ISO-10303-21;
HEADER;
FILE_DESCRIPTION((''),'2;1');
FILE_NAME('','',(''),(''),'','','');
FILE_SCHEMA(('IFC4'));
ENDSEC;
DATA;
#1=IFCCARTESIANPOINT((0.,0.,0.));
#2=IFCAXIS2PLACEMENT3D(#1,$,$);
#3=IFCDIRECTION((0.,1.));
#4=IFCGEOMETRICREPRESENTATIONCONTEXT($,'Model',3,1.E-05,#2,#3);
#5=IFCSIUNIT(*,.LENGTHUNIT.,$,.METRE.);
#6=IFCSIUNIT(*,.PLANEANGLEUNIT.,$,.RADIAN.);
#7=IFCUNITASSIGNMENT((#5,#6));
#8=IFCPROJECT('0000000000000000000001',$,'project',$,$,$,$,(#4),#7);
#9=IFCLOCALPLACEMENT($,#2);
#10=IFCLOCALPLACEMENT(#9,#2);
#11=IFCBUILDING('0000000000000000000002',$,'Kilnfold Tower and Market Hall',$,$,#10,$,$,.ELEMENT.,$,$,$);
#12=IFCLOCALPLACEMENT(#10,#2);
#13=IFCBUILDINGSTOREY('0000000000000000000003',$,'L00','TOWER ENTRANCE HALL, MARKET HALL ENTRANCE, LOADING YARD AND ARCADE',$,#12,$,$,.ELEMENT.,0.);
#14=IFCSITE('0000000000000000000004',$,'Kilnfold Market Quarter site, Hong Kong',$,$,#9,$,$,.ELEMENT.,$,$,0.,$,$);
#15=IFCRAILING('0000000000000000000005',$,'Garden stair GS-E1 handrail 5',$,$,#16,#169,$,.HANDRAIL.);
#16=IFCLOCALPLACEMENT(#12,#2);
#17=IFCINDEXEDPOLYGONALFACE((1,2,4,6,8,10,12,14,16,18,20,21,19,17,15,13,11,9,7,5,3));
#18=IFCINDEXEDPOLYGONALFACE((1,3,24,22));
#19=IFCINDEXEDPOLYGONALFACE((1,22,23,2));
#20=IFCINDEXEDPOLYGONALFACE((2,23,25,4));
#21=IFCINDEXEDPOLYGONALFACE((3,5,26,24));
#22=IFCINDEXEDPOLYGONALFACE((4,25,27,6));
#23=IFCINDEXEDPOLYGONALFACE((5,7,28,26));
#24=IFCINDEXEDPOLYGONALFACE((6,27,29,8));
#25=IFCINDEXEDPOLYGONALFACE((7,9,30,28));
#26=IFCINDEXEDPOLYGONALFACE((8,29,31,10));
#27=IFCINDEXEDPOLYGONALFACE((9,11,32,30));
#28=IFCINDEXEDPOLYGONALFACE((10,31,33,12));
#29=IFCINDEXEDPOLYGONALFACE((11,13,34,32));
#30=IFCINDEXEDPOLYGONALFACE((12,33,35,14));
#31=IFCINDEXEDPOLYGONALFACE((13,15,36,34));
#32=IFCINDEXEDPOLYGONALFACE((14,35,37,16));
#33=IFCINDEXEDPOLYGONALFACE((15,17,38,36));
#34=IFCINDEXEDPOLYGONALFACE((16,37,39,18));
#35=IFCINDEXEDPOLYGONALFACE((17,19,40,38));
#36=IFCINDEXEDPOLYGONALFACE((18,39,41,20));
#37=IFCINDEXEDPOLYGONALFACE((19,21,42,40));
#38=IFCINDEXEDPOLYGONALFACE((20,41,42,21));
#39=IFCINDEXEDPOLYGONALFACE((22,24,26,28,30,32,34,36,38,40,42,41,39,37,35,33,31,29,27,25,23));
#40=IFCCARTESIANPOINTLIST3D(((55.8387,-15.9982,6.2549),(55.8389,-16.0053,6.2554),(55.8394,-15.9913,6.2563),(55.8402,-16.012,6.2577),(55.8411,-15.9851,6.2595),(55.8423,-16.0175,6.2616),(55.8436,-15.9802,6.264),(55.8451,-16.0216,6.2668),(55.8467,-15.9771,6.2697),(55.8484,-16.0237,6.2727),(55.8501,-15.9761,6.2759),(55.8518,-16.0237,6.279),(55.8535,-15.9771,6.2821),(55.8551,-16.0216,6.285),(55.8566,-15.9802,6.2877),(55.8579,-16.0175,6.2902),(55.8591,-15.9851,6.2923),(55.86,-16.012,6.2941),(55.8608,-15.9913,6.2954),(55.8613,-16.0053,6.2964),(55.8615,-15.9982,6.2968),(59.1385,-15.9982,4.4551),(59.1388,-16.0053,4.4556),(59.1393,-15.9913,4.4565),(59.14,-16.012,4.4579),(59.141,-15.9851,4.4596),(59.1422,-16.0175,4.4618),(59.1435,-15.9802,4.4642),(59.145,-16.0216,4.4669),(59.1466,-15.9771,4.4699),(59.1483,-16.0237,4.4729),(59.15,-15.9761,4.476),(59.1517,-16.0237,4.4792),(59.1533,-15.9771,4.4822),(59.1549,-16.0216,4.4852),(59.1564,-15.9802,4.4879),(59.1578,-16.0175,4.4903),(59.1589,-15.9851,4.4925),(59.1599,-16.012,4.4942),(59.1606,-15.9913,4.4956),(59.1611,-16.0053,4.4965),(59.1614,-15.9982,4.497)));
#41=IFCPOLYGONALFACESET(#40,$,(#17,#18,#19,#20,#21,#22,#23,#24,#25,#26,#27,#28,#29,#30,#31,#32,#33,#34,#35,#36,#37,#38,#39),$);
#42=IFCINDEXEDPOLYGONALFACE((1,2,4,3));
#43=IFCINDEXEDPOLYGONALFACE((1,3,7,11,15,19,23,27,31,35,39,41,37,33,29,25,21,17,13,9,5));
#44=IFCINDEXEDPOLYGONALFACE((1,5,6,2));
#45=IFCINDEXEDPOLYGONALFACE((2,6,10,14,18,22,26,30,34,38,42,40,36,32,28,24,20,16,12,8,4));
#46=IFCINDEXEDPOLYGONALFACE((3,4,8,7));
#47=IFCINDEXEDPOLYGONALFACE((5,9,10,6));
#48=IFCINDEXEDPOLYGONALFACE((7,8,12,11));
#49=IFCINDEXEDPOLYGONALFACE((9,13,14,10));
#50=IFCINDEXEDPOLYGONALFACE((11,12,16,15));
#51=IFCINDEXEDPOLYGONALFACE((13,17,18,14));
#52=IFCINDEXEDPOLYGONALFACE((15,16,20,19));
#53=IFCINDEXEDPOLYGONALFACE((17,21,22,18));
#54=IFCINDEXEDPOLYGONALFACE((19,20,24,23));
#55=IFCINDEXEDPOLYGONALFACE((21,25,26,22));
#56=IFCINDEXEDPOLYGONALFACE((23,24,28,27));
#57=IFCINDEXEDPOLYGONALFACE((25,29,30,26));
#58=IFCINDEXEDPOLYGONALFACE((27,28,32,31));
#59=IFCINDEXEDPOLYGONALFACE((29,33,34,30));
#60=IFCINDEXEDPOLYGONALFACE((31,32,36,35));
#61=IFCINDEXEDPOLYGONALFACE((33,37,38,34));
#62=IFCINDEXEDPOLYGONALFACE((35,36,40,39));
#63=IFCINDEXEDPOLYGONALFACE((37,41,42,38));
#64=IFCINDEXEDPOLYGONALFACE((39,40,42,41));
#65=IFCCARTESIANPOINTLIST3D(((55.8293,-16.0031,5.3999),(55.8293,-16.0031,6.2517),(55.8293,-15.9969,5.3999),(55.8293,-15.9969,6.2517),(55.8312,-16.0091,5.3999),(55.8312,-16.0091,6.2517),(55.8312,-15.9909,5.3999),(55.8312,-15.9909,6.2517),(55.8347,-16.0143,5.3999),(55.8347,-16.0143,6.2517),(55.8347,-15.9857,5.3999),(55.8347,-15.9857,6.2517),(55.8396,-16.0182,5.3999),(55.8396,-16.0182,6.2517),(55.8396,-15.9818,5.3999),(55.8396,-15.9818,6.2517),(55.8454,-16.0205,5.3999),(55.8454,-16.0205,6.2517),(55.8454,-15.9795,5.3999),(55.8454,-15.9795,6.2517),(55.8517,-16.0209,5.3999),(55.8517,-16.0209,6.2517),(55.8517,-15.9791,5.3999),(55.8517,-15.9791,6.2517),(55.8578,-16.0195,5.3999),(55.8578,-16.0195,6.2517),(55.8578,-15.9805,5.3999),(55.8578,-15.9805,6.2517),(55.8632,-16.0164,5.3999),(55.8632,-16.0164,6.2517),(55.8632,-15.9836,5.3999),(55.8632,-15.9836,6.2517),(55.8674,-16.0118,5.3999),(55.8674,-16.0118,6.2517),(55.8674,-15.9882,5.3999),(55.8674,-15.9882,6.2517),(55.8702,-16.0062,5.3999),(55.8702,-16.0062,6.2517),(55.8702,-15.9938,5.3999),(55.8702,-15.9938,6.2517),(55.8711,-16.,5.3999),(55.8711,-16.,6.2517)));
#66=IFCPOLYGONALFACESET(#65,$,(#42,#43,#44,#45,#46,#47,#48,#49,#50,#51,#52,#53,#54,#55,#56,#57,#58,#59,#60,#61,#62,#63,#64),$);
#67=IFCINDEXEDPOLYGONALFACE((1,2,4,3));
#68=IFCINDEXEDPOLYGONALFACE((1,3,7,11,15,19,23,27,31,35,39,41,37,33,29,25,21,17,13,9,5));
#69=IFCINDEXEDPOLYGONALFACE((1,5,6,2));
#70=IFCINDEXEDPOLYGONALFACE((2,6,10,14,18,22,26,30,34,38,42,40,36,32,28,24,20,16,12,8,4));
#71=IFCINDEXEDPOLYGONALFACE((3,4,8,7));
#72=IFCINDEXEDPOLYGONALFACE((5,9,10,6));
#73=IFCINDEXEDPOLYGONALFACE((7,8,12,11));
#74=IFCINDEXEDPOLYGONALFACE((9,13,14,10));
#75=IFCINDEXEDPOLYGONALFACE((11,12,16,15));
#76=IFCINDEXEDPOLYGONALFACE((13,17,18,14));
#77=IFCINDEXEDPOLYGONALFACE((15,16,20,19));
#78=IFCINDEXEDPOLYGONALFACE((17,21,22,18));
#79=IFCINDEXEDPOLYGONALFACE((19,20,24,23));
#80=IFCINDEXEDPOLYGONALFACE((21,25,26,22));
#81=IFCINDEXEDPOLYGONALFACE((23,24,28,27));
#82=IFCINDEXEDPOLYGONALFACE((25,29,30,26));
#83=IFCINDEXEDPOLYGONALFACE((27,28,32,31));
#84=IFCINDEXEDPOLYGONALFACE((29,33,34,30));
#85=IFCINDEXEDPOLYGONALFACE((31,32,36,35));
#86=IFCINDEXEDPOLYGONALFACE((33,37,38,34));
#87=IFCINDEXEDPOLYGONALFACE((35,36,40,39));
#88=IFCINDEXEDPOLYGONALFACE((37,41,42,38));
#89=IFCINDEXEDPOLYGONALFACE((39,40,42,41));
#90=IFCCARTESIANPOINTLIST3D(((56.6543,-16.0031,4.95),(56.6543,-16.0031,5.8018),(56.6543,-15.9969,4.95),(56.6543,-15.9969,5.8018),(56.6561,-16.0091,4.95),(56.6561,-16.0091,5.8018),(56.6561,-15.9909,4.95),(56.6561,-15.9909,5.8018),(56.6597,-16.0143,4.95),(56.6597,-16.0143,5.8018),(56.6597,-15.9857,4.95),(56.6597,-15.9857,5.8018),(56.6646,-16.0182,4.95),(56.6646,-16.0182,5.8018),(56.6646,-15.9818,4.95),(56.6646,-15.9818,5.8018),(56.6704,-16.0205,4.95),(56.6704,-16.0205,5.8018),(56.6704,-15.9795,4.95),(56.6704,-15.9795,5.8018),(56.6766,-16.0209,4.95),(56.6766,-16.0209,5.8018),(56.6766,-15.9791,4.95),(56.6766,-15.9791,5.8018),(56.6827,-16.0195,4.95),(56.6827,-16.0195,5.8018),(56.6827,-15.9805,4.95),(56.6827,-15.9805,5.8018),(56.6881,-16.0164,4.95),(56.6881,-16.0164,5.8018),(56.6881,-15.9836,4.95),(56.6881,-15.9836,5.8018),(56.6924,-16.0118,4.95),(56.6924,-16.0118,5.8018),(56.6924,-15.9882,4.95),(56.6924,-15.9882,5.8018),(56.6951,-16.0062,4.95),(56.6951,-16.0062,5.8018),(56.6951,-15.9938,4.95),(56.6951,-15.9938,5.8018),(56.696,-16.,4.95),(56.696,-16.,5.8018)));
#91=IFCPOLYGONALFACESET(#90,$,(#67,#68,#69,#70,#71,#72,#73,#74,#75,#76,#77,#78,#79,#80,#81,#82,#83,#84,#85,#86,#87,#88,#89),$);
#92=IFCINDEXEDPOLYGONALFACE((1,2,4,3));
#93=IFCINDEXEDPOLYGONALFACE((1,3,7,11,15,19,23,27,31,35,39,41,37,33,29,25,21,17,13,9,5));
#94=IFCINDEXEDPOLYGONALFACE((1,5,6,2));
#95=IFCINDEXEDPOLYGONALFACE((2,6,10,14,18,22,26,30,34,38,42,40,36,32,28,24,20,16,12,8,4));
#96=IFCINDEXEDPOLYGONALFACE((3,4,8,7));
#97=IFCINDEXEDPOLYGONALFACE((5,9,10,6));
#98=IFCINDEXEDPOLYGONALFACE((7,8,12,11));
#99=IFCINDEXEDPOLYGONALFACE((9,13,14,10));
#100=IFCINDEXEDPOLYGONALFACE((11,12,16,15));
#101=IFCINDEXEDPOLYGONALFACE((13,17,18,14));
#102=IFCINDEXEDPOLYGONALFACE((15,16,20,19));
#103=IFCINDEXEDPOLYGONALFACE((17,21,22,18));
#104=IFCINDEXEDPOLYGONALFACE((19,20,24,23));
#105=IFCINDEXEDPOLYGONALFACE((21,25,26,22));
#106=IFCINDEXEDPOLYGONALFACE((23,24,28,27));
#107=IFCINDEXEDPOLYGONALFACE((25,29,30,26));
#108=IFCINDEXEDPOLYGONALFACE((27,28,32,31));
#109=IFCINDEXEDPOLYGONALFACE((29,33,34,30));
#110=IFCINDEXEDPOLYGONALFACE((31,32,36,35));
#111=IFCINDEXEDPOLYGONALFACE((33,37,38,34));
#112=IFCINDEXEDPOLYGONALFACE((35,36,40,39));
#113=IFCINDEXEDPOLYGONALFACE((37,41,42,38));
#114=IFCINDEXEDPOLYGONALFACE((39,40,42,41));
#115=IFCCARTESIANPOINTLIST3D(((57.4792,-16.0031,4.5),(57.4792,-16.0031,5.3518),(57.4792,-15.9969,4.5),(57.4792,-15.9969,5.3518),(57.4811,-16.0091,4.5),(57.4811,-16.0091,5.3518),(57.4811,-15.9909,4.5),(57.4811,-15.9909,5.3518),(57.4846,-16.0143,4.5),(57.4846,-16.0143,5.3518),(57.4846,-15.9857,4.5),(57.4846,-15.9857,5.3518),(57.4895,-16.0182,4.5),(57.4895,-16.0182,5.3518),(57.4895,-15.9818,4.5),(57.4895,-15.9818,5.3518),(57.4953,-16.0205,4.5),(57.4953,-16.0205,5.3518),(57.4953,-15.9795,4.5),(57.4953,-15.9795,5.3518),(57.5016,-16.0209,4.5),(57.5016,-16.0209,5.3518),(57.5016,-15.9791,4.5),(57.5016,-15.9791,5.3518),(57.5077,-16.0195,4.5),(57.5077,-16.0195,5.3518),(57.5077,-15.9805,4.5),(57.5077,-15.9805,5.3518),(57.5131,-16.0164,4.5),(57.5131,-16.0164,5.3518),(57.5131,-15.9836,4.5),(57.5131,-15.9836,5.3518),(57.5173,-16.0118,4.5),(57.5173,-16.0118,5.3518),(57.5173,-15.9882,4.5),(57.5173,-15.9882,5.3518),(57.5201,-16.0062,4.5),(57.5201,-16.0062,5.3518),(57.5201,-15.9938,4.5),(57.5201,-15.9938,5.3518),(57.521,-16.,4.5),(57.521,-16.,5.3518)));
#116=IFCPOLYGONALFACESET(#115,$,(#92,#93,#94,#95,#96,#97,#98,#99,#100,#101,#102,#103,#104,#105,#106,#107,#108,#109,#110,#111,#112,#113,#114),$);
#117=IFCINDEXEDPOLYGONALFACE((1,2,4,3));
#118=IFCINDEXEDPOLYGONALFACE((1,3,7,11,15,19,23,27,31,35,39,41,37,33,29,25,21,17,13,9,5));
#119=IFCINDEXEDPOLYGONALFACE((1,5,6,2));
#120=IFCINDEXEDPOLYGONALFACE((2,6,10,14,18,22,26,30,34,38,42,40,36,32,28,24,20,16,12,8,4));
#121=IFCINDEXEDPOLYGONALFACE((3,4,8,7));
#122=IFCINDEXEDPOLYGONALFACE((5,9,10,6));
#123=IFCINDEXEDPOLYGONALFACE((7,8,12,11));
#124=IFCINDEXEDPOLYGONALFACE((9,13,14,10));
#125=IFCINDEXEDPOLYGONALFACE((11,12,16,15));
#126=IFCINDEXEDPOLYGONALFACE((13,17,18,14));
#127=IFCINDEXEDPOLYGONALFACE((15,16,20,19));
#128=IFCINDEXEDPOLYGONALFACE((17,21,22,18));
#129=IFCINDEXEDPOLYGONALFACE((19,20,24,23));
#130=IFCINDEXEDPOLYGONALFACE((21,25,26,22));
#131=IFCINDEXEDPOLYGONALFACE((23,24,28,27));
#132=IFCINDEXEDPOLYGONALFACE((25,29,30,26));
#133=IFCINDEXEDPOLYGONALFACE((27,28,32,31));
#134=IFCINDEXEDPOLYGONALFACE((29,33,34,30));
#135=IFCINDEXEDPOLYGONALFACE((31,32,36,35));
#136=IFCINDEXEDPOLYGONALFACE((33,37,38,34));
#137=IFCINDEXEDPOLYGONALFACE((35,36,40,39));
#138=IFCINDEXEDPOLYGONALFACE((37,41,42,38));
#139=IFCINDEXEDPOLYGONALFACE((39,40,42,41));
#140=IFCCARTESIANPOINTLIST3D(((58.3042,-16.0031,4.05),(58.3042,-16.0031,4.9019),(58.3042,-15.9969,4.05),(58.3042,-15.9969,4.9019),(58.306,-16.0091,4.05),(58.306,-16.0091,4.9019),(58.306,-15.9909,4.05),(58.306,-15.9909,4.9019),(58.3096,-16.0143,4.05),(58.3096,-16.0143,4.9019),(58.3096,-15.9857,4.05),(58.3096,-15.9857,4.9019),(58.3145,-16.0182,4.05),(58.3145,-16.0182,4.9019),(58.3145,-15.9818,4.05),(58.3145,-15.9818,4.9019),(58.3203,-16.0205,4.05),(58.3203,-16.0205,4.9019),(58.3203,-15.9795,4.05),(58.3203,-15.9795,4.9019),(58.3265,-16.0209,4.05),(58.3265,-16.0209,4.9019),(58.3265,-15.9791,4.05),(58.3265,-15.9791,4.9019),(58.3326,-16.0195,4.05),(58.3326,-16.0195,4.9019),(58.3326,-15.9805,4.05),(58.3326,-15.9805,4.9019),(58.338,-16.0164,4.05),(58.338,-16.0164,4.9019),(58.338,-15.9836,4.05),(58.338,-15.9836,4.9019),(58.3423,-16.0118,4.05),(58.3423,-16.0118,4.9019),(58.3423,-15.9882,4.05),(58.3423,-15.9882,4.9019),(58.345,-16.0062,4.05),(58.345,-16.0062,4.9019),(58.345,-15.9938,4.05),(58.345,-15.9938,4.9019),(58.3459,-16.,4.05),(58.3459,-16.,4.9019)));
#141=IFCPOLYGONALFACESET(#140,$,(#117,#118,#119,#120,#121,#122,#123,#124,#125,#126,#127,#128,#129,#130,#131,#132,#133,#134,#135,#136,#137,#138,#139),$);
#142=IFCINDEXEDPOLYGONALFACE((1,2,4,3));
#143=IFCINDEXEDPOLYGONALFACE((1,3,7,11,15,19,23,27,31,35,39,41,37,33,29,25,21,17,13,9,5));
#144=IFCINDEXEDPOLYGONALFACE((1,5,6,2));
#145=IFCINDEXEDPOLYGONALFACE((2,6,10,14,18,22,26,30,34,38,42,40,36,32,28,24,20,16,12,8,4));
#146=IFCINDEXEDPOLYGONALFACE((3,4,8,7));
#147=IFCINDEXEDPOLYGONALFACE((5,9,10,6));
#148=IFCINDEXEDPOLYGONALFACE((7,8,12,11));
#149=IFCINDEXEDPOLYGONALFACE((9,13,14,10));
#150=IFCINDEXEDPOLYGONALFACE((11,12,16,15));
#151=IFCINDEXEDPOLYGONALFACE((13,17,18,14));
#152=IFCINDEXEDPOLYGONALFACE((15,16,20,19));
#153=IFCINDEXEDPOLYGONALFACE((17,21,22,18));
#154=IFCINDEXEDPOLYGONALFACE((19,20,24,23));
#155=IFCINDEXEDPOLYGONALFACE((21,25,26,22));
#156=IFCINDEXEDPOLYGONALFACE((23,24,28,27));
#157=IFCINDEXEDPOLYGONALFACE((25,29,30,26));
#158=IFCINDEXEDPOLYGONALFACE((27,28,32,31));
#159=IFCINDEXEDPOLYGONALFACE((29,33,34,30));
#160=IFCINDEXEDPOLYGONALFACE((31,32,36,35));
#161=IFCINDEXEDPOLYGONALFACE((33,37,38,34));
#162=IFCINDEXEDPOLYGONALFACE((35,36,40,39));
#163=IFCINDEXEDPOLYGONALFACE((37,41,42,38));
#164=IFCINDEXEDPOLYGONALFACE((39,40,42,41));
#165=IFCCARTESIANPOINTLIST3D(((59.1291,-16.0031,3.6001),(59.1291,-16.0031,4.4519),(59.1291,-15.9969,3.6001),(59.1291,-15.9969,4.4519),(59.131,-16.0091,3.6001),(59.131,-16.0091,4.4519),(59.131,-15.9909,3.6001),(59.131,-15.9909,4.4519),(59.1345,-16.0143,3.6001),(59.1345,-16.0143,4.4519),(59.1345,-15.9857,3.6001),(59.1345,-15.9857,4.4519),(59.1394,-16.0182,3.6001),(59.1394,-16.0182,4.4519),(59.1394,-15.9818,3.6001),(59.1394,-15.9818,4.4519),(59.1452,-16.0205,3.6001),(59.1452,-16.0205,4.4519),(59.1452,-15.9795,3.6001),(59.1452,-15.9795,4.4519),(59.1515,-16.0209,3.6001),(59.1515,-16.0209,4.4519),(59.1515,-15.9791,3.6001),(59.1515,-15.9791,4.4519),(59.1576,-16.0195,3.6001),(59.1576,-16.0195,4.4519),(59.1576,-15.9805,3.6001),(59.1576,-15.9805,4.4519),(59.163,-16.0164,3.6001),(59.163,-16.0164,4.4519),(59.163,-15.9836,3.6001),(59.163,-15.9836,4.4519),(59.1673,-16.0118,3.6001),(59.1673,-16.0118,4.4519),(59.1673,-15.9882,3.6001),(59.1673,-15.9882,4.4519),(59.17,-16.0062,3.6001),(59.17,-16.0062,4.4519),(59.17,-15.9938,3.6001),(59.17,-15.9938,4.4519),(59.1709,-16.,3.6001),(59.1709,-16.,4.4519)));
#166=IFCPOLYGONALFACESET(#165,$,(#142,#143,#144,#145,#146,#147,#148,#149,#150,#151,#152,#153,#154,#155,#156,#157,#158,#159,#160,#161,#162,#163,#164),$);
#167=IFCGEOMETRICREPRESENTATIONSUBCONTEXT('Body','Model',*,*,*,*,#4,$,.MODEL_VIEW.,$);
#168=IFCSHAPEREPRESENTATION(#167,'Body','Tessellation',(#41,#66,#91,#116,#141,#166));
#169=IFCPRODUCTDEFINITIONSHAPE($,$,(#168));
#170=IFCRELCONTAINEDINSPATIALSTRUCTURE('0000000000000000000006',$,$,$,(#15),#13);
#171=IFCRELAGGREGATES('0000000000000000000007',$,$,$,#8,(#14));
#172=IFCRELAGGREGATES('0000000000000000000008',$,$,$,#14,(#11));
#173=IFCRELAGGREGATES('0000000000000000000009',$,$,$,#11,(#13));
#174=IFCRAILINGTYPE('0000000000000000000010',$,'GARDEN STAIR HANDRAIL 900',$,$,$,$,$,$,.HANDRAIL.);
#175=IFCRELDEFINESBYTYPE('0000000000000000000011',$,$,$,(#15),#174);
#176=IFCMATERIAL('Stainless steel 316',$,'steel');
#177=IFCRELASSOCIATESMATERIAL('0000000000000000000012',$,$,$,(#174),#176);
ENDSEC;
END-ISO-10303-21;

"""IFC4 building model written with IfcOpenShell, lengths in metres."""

from ifc_helpers import new_model, si_unit, direction, frame, origin, origin_2d, place, context, subcontext, project, spatial, circle, extrude, material, type_object, element, save


model = new_model("IFC4")

# Units and contexts
model_context = context("Model", 3, precision=1e-05, world=origin(), true_north=direction((0.0, 1.0)))
body_context = subcontext(model_context, "Body", "Model", "MODEL_VIEW")
ifc_project = project(units=[si_unit("LENGTHUNIT", "METRE"), si_unit("PLANEANGLEUNIT", "RADIAN")], contexts=[model_context])

# Site, building, storey
site_placement = place(None, origin())
site = spatial("IfcSite", under=ifc_project, at=site_placement, Name="Kilnfold Market Quarter site, Hong Kong", CompositionType="ELEMENT", RefElevation=0.0)
building_placement = place(site_placement, origin())
building = spatial("IfcBuilding", under=site, at=building_placement, Name="Kilnfold Tower and Market Hall", CompositionType="ELEMENT")
storey_placement = place(building_placement, origin())
storey = spatial("IfcBuildingStorey", under=building, at=storey_placement, Name="L00", Description="TOWER ENTRANCE HALL, MARKET HALL ENTRANCE, LOADING YARD AND ARCADE", CompositionType="ELEMENT", Elevation=0.0)

# Railing
ifc_material_1 = material(Name="Stainless steel 316", Category="steel")
railing_type_1 = type_object("IfcRailingType", Name="GARDEN STAIR HANDRAIL 900", PredefinedType="HANDRAIL", material=ifc_material_1)
railing_1_placement = place(storey_placement, frame((55.8501, -16.0, 5.3999)))
element("IfcRailing", 1, at=railing_1_placement, inside=storey, type_object=railing_type_1, Name="Garden stair GS-E1 handrail 5", PredefinedType="HANDRAIL", context=body_context, shape_type="SweptSolid", body=[
    extrude(circle(Radius=0.0239, at=origin_2d()), frame((0.0, 0.0, 0.876), z_axis=(0.877906, 0.0, -0.478834), x_axis=(0.0, 1.0, 0.0)), (0.0, 0.0, 1.0), 3.7588),
    extrude(circle(Radius=0.021, at=origin_2d()), origin(), (0.0, 0.0, 1.0), 0.8518),
    extrude(circle(Radius=0.021, at=origin_2d()), frame((0.825, 0.0, -0.45)), (0.0, 0.0, 1.0), 0.8518),
    extrude(circle(Radius=0.021, at=origin_2d()), frame((1.6499, 0.0, -0.8999)), (0.0, 0.0, 1.0), 0.8518),
    extrude(circle(Radius=0.021, at=origin_2d()), frame((2.4749, 0.0, -1.3499)), (0.0, 0.0, 1.0), 0.8518),
    extrude(circle(Radius=0.021, at=origin_2d()), frame((3.2998, 0.0, -1.7998)), (0.0, 0.0, 1.0), 0.8518),
])

save(model, "model.ifc")
